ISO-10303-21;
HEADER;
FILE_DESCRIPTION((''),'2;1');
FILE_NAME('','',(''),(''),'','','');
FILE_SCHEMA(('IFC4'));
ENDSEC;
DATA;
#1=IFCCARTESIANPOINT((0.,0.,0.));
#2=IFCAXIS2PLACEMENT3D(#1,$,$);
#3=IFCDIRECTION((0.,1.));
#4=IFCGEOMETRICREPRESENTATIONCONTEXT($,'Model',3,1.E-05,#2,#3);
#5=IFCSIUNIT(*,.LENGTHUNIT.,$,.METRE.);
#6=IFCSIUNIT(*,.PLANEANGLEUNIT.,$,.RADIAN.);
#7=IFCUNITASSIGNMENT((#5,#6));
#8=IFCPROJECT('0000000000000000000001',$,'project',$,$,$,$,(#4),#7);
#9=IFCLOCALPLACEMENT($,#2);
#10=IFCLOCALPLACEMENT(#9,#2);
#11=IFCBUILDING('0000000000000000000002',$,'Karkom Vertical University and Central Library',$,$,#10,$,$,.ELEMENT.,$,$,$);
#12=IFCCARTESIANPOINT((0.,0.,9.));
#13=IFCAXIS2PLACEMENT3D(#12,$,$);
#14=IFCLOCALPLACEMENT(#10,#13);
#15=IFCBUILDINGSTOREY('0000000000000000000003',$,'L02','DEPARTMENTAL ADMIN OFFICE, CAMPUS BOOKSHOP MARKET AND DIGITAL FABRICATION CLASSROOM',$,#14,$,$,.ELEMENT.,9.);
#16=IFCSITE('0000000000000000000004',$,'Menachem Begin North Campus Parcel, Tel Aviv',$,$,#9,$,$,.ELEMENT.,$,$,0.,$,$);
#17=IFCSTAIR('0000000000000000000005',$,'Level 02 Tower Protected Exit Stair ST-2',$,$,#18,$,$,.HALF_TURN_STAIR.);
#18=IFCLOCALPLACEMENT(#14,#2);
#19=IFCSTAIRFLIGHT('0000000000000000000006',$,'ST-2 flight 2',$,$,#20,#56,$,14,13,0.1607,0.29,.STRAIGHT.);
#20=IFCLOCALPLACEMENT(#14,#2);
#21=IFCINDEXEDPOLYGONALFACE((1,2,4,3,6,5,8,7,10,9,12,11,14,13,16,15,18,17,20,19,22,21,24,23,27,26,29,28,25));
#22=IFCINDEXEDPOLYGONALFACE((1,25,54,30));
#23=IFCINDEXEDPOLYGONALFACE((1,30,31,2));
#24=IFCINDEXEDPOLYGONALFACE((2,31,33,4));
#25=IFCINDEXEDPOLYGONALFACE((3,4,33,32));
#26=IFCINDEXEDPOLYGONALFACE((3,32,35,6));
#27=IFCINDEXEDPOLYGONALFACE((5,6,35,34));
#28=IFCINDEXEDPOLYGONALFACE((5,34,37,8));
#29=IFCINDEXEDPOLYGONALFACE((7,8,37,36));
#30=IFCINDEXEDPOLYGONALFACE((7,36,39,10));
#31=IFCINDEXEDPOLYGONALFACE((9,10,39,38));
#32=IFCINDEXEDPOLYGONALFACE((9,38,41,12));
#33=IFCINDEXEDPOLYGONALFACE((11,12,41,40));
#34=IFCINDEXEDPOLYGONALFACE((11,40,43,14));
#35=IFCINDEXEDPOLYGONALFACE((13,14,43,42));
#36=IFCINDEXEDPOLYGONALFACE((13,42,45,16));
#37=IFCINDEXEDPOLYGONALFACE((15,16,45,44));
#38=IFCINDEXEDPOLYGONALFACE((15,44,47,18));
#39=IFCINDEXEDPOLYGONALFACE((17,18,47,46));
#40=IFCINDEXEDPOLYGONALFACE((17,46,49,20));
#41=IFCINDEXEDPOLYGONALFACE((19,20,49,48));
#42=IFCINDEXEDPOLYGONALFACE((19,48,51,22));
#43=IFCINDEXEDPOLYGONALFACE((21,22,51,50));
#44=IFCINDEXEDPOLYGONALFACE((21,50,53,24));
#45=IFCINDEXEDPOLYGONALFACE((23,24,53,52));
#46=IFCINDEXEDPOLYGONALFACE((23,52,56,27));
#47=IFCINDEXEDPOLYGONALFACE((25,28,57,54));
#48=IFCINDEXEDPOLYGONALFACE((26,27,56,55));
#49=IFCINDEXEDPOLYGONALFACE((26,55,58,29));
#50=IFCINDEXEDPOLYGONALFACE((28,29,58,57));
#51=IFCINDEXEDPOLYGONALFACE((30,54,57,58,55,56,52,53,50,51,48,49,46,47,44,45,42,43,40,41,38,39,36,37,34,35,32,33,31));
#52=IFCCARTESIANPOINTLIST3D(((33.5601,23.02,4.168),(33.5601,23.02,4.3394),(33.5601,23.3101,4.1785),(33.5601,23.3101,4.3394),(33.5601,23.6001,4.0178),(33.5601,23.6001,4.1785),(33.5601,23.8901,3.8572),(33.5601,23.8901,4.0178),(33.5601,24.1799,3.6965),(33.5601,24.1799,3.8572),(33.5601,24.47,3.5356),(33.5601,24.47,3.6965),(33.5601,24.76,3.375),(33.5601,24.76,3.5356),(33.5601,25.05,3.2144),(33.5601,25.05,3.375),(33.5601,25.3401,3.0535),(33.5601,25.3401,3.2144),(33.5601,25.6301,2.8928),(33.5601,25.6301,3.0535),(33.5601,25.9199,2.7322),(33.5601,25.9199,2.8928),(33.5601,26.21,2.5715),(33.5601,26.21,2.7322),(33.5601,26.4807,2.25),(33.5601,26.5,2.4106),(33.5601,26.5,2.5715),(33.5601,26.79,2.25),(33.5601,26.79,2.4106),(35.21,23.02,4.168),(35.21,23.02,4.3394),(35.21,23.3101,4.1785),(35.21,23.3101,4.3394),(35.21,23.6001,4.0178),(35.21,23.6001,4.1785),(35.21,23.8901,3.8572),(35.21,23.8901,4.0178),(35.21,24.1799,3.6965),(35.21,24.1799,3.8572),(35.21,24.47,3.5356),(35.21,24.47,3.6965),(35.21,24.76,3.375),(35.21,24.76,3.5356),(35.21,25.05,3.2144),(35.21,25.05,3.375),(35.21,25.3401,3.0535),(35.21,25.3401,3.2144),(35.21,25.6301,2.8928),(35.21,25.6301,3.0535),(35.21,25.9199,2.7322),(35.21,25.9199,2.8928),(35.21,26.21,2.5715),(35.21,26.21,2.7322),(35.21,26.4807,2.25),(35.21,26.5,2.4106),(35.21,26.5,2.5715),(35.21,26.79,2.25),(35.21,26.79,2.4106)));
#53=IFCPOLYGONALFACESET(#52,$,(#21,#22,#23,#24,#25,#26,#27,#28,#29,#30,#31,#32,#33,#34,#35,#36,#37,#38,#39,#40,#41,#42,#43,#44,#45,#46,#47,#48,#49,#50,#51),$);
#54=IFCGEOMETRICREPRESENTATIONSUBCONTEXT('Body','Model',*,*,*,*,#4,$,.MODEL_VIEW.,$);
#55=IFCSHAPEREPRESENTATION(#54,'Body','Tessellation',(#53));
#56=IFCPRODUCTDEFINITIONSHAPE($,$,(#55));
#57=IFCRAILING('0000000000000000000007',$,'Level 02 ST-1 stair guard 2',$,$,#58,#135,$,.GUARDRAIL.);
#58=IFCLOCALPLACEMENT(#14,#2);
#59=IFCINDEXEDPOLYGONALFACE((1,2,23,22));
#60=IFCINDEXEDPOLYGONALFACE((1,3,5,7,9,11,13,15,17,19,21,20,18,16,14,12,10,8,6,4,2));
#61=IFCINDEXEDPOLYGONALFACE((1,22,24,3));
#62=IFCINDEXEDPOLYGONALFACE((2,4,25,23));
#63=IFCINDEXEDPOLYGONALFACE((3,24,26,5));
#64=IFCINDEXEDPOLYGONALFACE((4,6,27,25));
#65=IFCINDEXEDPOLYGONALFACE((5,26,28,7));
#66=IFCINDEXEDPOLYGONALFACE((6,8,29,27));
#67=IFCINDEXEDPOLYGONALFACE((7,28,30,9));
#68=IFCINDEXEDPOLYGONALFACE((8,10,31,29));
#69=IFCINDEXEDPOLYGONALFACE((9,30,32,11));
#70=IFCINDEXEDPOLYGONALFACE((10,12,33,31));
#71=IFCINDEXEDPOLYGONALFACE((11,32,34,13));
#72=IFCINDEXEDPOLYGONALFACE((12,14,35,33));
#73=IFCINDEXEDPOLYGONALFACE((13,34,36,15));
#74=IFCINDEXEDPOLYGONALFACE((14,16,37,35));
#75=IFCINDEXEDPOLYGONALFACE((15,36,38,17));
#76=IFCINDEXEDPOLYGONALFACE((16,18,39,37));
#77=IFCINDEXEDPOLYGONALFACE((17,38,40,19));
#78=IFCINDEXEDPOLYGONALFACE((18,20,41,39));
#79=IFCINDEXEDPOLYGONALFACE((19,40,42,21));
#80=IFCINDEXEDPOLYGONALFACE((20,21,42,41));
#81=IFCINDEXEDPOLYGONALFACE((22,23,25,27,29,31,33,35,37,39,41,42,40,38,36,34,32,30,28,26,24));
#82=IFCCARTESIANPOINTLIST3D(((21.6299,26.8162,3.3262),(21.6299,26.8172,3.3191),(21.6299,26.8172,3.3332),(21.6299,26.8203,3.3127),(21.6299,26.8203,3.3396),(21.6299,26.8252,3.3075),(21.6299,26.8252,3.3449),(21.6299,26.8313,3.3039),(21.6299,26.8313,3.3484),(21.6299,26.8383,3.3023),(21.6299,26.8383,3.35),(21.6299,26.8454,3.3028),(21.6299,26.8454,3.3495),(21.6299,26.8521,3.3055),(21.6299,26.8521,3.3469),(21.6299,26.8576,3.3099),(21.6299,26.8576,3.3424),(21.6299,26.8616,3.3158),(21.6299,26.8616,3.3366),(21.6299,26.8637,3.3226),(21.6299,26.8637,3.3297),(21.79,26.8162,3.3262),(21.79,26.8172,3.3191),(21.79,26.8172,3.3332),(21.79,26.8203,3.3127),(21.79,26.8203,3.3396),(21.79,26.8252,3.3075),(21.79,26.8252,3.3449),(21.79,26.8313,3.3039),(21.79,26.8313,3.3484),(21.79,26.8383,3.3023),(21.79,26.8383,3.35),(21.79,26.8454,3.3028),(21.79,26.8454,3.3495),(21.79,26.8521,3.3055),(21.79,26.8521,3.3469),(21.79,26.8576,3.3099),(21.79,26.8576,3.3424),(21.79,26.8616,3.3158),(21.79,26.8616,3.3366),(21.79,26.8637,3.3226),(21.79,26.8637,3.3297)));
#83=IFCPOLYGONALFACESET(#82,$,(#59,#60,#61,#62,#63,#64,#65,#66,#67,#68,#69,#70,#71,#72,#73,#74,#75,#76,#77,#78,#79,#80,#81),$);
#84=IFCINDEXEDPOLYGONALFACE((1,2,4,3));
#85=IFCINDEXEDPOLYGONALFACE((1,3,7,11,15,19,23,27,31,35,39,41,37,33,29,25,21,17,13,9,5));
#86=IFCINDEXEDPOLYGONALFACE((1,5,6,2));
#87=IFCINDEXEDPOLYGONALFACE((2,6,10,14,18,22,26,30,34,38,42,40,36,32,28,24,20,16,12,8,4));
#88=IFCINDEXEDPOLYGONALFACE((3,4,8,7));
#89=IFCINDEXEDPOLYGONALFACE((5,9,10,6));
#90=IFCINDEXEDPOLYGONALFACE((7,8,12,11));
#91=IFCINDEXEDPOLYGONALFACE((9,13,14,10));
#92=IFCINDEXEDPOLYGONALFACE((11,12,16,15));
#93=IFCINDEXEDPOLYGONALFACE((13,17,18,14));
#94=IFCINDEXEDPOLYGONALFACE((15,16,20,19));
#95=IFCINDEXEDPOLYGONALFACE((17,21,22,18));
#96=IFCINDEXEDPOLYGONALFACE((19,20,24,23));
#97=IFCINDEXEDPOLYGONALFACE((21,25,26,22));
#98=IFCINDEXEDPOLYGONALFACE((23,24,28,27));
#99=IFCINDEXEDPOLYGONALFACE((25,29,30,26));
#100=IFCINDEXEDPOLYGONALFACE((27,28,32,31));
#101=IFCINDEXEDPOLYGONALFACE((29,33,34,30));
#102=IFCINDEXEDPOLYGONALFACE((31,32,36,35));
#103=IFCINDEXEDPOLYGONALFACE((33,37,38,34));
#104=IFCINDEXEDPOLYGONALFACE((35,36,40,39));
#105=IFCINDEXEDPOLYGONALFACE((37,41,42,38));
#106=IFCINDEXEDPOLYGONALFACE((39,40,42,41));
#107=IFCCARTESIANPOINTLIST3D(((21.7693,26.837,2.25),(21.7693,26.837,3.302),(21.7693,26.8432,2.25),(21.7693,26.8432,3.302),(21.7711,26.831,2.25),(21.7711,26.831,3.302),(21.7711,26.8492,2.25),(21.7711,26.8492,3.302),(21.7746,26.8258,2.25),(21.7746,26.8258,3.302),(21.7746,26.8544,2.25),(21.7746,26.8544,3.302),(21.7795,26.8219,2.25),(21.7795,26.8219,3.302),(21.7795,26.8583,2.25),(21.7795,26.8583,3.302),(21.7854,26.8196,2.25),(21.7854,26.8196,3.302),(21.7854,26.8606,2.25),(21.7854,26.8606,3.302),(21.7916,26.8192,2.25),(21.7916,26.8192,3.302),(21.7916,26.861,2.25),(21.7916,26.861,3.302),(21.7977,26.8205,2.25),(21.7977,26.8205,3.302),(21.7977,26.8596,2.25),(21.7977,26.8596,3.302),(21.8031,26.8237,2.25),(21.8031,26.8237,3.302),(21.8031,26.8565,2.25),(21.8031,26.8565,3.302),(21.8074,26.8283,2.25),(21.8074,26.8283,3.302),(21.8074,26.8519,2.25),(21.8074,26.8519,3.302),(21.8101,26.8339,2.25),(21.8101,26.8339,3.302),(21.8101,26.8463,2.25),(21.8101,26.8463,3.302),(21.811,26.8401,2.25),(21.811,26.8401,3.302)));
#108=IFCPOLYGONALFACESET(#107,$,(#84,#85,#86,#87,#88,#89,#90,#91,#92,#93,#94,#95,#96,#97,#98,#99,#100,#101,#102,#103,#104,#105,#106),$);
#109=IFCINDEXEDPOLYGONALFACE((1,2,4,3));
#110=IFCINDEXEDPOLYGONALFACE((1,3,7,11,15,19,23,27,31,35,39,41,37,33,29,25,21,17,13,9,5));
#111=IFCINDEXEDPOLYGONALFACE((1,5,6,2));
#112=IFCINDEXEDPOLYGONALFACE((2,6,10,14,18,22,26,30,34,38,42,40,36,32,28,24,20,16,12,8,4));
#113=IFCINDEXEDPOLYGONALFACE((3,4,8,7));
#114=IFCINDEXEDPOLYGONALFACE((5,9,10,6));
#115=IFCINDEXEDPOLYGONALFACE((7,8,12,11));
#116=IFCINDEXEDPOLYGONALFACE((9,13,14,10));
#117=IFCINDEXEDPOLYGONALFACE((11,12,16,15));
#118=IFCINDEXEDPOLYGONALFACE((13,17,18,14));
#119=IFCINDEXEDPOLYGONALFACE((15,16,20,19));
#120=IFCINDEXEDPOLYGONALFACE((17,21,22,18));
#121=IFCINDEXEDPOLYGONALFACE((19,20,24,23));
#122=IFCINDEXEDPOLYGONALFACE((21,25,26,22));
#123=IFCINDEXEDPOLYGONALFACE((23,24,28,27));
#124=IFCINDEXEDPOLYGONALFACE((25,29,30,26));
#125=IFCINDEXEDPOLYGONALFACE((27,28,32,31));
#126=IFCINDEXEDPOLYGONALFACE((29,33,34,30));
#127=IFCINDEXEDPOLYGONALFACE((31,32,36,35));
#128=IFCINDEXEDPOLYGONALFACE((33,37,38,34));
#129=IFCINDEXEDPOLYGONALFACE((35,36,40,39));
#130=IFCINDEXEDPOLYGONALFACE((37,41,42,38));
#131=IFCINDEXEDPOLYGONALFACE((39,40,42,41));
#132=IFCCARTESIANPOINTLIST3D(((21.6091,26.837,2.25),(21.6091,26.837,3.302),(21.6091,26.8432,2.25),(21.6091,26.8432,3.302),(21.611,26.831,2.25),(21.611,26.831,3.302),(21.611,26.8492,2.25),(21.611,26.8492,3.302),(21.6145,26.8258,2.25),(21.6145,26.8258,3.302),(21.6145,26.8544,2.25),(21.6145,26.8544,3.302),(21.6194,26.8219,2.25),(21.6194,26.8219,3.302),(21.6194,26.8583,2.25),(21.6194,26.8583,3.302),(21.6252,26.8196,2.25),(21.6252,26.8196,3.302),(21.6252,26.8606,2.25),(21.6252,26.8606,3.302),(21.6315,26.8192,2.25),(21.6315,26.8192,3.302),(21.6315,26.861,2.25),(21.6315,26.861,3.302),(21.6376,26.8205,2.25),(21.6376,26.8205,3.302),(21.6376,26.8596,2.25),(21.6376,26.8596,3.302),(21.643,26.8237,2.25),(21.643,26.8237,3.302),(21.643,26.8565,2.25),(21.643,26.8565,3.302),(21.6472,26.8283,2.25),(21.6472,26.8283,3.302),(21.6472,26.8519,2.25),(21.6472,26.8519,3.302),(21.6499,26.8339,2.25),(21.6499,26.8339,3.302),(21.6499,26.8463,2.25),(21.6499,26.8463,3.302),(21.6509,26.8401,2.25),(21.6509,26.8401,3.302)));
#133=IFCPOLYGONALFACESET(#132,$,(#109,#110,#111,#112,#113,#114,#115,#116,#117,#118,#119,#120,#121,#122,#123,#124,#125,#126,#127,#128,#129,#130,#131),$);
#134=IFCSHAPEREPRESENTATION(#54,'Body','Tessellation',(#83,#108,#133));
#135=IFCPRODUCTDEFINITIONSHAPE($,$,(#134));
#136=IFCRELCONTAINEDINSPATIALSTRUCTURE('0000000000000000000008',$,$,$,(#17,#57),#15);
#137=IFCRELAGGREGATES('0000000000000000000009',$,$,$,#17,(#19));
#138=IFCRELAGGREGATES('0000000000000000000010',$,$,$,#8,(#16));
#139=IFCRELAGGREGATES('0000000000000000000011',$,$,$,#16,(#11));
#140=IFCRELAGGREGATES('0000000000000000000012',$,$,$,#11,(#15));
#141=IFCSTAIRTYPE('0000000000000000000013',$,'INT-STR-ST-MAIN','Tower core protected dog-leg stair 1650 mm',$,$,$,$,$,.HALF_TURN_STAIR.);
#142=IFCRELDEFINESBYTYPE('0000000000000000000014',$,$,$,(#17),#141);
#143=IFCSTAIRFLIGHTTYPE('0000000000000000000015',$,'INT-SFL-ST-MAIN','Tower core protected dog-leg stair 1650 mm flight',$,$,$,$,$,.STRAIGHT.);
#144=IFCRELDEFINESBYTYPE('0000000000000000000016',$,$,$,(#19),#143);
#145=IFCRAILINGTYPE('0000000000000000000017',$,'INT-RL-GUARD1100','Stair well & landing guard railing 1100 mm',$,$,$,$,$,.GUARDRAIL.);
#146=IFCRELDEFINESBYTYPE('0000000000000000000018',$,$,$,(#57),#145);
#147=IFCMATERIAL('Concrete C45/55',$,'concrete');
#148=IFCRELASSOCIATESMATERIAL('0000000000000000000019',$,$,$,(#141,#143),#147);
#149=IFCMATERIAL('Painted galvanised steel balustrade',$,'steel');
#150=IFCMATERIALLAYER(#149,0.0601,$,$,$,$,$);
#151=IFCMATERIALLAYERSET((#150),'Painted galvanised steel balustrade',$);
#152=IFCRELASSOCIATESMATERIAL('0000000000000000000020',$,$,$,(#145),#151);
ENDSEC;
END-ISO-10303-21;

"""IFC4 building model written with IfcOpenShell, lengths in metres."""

from ifc_helpers import new_model, si_unit, direction, frame, origin, origin_2d, place, context, subcontext, project, spatial, polyline, circle, outline, extrude, material, layer, layer_set, type_object, element, aggregate, save


model = new_model("IFC4")

# Units and contexts
model_context = context("Model", 3, precision=1e-05, world=origin(), true_north=direction((0.0, 1.0)))
body_context = subcontext(model_context, "Body", "Model", "MODEL_VIEW")
ifc_project = project(units=[si_unit("LENGTHUNIT", "METRE"), si_unit("PLANEANGLEUNIT", "RADIAN")], contexts=[model_context])

# Site, building, storey
site_placement = place(None, origin())
site = spatial("IfcSite", under=ifc_project, at=site_placement, Name="Menachem Begin North Campus Parcel, Tel Aviv", CompositionType="ELEMENT", RefElevation=0.0)
building_placement = place(site_placement, origin())
building = spatial("IfcBuilding", under=site, at=building_placement, Name="Karkom Vertical University and Central Library", CompositionType="ELEMENT")
storey_placement = place(building_placement, frame((0.0, 0.0, 9.0)))
storey = spatial("IfcBuildingStorey", under=building, at=storey_placement, Name="L02", Description="DEPARTMENTAL ADMIN OFFICE, CAMPUS BOOKSHOP MARKET AND DIGITAL FABRICATION CLASSROOM", CompositionType="ELEMENT", Elevation=9.0)

# Shared definitions
ifc_material_1 = material(Name="Concrete C45/55", Category="concrete")

# Stair, stair flight
stair_type = type_object("IfcStairType", Name="INT-STR-ST-MAIN", Description="Tower core protected dog-leg stair 1650 mm", PredefinedType="HALF_TURN_STAIR", material=ifc_material_1)
stair_placement = place(storey_placement, origin())
stair = element("IfcStair", 1, at=stair_placement, inside=storey, type_object=stair_type, Name="Level 02 Tower Protected Exit Stair ST-2", PredefinedType="HALF_TURN_STAIR")
stair_flight_type = type_object("IfcStairFlightType", Name="INT-SFL-ST-MAIN", Description="Tower core protected dog-leg stair 1650 mm flight", PredefinedType="STRAIGHT", material=ifc_material_1)
stair_flight_placement = place(storey_placement, frame((34.385, 26.79, 2.25), z_axis=(0.0, 0.0, 1.0), x_axis=(0.0, -1.0, 0.0)))
stair_flight = element("IfcStairFlight", 2, at=stair_flight_placement, type_object=stair_flight_type, Name="ST-2 flight 2", NumberOfRisers=14, NumberOfTreads=13, PredefinedType="STRAIGHT", RiserHeight=0.1607, TreadLength=0.29, context=body_context, shape_type="SweptSolid", body=[
    extrude(outline(polyline([(0.0, 0.0), (0.0, 0.1606), (0.29, 0.1606), (0.29, 0.3215), (0.5801, 0.3215), (0.5801, 0.4822), (0.8701, 0.4822), (0.8701, 0.6428), (1.1599, 0.6428), (1.1599, 0.8035), (1.45, 0.8035), (1.45, 0.9644), (1.74, 0.9644), (1.74, 1.125), (2.03, 1.125), (2.03, 1.2856), (2.3201, 1.2856), (2.3201, 1.4465), (2.6101, 1.4465), (2.6101, 1.6072), (2.8999, 1.6072), (2.8999, 1.7678), (3.1899, 1.7678), (3.1899, 1.9285), (3.48, 1.9285), (3.48, 2.0894), (3.77, 2.0894), (3.77, 2.25), (3.77, 1.918), (0.3093, 0.0), (0.0, 0.0)])), frame((0.0, 0.825, 0.0), z_axis=(0.0, -1.0, 0.0), x_axis=(1.0, 0.0, 0.0)), (0.0, 0.0, 1.0), 1.6499),
])
aggregate(stair, [stair_flight])

# Railing
ifc_material_2 = material(Name="Painted galvanised steel balustrade", Category="steel")
ifc_layer_1 = layer(ifc_material_2, 0.0601)
ifc_layer_set_1 = layer_set([ifc_layer_1], Name="Painted galvanised steel balustrade")
railing_type_1 = type_object("IfcRailingType", Name="INT-RL-GUARD1100", Description="Stair well & landing guard railing 1100 mm", PredefinedType="GUARDRAIL", material=ifc_layer_set_1)
for number, where, name in (
    (3, (21.79, 26.8401, 2.25), "Level 02 ST-1 stair guard 2"),
):
    element("IfcRailing", number, at=place(storey_placement, frame(where)), inside=storey, type_object=railing_type_1, Name=name, PredefinedType="GUARDRAIL", context=body_context, shape_type="SweptSolid", body=[
        extrude(circle(Radius=0.0239, at=origin_2d()), frame((0.0, 0.0, 1.0762), z_axis=(-1.0, 0.0, 0.0), x_axis=(0.0, -1.0, 0.0)), (0.0, 0.0, 1.0), 0.1602),
        extrude(circle(Radius=0.021, at=origin_2d()), origin(), (0.0, 0.0, 1.0), 1.052),
        extrude(circle(Radius=0.021, at=origin_2d()), frame((-0.1602, 0.0, 0.0)), (0.0, 0.0, 1.0), 1.052),
    ])

save(model, "model.ifc")
